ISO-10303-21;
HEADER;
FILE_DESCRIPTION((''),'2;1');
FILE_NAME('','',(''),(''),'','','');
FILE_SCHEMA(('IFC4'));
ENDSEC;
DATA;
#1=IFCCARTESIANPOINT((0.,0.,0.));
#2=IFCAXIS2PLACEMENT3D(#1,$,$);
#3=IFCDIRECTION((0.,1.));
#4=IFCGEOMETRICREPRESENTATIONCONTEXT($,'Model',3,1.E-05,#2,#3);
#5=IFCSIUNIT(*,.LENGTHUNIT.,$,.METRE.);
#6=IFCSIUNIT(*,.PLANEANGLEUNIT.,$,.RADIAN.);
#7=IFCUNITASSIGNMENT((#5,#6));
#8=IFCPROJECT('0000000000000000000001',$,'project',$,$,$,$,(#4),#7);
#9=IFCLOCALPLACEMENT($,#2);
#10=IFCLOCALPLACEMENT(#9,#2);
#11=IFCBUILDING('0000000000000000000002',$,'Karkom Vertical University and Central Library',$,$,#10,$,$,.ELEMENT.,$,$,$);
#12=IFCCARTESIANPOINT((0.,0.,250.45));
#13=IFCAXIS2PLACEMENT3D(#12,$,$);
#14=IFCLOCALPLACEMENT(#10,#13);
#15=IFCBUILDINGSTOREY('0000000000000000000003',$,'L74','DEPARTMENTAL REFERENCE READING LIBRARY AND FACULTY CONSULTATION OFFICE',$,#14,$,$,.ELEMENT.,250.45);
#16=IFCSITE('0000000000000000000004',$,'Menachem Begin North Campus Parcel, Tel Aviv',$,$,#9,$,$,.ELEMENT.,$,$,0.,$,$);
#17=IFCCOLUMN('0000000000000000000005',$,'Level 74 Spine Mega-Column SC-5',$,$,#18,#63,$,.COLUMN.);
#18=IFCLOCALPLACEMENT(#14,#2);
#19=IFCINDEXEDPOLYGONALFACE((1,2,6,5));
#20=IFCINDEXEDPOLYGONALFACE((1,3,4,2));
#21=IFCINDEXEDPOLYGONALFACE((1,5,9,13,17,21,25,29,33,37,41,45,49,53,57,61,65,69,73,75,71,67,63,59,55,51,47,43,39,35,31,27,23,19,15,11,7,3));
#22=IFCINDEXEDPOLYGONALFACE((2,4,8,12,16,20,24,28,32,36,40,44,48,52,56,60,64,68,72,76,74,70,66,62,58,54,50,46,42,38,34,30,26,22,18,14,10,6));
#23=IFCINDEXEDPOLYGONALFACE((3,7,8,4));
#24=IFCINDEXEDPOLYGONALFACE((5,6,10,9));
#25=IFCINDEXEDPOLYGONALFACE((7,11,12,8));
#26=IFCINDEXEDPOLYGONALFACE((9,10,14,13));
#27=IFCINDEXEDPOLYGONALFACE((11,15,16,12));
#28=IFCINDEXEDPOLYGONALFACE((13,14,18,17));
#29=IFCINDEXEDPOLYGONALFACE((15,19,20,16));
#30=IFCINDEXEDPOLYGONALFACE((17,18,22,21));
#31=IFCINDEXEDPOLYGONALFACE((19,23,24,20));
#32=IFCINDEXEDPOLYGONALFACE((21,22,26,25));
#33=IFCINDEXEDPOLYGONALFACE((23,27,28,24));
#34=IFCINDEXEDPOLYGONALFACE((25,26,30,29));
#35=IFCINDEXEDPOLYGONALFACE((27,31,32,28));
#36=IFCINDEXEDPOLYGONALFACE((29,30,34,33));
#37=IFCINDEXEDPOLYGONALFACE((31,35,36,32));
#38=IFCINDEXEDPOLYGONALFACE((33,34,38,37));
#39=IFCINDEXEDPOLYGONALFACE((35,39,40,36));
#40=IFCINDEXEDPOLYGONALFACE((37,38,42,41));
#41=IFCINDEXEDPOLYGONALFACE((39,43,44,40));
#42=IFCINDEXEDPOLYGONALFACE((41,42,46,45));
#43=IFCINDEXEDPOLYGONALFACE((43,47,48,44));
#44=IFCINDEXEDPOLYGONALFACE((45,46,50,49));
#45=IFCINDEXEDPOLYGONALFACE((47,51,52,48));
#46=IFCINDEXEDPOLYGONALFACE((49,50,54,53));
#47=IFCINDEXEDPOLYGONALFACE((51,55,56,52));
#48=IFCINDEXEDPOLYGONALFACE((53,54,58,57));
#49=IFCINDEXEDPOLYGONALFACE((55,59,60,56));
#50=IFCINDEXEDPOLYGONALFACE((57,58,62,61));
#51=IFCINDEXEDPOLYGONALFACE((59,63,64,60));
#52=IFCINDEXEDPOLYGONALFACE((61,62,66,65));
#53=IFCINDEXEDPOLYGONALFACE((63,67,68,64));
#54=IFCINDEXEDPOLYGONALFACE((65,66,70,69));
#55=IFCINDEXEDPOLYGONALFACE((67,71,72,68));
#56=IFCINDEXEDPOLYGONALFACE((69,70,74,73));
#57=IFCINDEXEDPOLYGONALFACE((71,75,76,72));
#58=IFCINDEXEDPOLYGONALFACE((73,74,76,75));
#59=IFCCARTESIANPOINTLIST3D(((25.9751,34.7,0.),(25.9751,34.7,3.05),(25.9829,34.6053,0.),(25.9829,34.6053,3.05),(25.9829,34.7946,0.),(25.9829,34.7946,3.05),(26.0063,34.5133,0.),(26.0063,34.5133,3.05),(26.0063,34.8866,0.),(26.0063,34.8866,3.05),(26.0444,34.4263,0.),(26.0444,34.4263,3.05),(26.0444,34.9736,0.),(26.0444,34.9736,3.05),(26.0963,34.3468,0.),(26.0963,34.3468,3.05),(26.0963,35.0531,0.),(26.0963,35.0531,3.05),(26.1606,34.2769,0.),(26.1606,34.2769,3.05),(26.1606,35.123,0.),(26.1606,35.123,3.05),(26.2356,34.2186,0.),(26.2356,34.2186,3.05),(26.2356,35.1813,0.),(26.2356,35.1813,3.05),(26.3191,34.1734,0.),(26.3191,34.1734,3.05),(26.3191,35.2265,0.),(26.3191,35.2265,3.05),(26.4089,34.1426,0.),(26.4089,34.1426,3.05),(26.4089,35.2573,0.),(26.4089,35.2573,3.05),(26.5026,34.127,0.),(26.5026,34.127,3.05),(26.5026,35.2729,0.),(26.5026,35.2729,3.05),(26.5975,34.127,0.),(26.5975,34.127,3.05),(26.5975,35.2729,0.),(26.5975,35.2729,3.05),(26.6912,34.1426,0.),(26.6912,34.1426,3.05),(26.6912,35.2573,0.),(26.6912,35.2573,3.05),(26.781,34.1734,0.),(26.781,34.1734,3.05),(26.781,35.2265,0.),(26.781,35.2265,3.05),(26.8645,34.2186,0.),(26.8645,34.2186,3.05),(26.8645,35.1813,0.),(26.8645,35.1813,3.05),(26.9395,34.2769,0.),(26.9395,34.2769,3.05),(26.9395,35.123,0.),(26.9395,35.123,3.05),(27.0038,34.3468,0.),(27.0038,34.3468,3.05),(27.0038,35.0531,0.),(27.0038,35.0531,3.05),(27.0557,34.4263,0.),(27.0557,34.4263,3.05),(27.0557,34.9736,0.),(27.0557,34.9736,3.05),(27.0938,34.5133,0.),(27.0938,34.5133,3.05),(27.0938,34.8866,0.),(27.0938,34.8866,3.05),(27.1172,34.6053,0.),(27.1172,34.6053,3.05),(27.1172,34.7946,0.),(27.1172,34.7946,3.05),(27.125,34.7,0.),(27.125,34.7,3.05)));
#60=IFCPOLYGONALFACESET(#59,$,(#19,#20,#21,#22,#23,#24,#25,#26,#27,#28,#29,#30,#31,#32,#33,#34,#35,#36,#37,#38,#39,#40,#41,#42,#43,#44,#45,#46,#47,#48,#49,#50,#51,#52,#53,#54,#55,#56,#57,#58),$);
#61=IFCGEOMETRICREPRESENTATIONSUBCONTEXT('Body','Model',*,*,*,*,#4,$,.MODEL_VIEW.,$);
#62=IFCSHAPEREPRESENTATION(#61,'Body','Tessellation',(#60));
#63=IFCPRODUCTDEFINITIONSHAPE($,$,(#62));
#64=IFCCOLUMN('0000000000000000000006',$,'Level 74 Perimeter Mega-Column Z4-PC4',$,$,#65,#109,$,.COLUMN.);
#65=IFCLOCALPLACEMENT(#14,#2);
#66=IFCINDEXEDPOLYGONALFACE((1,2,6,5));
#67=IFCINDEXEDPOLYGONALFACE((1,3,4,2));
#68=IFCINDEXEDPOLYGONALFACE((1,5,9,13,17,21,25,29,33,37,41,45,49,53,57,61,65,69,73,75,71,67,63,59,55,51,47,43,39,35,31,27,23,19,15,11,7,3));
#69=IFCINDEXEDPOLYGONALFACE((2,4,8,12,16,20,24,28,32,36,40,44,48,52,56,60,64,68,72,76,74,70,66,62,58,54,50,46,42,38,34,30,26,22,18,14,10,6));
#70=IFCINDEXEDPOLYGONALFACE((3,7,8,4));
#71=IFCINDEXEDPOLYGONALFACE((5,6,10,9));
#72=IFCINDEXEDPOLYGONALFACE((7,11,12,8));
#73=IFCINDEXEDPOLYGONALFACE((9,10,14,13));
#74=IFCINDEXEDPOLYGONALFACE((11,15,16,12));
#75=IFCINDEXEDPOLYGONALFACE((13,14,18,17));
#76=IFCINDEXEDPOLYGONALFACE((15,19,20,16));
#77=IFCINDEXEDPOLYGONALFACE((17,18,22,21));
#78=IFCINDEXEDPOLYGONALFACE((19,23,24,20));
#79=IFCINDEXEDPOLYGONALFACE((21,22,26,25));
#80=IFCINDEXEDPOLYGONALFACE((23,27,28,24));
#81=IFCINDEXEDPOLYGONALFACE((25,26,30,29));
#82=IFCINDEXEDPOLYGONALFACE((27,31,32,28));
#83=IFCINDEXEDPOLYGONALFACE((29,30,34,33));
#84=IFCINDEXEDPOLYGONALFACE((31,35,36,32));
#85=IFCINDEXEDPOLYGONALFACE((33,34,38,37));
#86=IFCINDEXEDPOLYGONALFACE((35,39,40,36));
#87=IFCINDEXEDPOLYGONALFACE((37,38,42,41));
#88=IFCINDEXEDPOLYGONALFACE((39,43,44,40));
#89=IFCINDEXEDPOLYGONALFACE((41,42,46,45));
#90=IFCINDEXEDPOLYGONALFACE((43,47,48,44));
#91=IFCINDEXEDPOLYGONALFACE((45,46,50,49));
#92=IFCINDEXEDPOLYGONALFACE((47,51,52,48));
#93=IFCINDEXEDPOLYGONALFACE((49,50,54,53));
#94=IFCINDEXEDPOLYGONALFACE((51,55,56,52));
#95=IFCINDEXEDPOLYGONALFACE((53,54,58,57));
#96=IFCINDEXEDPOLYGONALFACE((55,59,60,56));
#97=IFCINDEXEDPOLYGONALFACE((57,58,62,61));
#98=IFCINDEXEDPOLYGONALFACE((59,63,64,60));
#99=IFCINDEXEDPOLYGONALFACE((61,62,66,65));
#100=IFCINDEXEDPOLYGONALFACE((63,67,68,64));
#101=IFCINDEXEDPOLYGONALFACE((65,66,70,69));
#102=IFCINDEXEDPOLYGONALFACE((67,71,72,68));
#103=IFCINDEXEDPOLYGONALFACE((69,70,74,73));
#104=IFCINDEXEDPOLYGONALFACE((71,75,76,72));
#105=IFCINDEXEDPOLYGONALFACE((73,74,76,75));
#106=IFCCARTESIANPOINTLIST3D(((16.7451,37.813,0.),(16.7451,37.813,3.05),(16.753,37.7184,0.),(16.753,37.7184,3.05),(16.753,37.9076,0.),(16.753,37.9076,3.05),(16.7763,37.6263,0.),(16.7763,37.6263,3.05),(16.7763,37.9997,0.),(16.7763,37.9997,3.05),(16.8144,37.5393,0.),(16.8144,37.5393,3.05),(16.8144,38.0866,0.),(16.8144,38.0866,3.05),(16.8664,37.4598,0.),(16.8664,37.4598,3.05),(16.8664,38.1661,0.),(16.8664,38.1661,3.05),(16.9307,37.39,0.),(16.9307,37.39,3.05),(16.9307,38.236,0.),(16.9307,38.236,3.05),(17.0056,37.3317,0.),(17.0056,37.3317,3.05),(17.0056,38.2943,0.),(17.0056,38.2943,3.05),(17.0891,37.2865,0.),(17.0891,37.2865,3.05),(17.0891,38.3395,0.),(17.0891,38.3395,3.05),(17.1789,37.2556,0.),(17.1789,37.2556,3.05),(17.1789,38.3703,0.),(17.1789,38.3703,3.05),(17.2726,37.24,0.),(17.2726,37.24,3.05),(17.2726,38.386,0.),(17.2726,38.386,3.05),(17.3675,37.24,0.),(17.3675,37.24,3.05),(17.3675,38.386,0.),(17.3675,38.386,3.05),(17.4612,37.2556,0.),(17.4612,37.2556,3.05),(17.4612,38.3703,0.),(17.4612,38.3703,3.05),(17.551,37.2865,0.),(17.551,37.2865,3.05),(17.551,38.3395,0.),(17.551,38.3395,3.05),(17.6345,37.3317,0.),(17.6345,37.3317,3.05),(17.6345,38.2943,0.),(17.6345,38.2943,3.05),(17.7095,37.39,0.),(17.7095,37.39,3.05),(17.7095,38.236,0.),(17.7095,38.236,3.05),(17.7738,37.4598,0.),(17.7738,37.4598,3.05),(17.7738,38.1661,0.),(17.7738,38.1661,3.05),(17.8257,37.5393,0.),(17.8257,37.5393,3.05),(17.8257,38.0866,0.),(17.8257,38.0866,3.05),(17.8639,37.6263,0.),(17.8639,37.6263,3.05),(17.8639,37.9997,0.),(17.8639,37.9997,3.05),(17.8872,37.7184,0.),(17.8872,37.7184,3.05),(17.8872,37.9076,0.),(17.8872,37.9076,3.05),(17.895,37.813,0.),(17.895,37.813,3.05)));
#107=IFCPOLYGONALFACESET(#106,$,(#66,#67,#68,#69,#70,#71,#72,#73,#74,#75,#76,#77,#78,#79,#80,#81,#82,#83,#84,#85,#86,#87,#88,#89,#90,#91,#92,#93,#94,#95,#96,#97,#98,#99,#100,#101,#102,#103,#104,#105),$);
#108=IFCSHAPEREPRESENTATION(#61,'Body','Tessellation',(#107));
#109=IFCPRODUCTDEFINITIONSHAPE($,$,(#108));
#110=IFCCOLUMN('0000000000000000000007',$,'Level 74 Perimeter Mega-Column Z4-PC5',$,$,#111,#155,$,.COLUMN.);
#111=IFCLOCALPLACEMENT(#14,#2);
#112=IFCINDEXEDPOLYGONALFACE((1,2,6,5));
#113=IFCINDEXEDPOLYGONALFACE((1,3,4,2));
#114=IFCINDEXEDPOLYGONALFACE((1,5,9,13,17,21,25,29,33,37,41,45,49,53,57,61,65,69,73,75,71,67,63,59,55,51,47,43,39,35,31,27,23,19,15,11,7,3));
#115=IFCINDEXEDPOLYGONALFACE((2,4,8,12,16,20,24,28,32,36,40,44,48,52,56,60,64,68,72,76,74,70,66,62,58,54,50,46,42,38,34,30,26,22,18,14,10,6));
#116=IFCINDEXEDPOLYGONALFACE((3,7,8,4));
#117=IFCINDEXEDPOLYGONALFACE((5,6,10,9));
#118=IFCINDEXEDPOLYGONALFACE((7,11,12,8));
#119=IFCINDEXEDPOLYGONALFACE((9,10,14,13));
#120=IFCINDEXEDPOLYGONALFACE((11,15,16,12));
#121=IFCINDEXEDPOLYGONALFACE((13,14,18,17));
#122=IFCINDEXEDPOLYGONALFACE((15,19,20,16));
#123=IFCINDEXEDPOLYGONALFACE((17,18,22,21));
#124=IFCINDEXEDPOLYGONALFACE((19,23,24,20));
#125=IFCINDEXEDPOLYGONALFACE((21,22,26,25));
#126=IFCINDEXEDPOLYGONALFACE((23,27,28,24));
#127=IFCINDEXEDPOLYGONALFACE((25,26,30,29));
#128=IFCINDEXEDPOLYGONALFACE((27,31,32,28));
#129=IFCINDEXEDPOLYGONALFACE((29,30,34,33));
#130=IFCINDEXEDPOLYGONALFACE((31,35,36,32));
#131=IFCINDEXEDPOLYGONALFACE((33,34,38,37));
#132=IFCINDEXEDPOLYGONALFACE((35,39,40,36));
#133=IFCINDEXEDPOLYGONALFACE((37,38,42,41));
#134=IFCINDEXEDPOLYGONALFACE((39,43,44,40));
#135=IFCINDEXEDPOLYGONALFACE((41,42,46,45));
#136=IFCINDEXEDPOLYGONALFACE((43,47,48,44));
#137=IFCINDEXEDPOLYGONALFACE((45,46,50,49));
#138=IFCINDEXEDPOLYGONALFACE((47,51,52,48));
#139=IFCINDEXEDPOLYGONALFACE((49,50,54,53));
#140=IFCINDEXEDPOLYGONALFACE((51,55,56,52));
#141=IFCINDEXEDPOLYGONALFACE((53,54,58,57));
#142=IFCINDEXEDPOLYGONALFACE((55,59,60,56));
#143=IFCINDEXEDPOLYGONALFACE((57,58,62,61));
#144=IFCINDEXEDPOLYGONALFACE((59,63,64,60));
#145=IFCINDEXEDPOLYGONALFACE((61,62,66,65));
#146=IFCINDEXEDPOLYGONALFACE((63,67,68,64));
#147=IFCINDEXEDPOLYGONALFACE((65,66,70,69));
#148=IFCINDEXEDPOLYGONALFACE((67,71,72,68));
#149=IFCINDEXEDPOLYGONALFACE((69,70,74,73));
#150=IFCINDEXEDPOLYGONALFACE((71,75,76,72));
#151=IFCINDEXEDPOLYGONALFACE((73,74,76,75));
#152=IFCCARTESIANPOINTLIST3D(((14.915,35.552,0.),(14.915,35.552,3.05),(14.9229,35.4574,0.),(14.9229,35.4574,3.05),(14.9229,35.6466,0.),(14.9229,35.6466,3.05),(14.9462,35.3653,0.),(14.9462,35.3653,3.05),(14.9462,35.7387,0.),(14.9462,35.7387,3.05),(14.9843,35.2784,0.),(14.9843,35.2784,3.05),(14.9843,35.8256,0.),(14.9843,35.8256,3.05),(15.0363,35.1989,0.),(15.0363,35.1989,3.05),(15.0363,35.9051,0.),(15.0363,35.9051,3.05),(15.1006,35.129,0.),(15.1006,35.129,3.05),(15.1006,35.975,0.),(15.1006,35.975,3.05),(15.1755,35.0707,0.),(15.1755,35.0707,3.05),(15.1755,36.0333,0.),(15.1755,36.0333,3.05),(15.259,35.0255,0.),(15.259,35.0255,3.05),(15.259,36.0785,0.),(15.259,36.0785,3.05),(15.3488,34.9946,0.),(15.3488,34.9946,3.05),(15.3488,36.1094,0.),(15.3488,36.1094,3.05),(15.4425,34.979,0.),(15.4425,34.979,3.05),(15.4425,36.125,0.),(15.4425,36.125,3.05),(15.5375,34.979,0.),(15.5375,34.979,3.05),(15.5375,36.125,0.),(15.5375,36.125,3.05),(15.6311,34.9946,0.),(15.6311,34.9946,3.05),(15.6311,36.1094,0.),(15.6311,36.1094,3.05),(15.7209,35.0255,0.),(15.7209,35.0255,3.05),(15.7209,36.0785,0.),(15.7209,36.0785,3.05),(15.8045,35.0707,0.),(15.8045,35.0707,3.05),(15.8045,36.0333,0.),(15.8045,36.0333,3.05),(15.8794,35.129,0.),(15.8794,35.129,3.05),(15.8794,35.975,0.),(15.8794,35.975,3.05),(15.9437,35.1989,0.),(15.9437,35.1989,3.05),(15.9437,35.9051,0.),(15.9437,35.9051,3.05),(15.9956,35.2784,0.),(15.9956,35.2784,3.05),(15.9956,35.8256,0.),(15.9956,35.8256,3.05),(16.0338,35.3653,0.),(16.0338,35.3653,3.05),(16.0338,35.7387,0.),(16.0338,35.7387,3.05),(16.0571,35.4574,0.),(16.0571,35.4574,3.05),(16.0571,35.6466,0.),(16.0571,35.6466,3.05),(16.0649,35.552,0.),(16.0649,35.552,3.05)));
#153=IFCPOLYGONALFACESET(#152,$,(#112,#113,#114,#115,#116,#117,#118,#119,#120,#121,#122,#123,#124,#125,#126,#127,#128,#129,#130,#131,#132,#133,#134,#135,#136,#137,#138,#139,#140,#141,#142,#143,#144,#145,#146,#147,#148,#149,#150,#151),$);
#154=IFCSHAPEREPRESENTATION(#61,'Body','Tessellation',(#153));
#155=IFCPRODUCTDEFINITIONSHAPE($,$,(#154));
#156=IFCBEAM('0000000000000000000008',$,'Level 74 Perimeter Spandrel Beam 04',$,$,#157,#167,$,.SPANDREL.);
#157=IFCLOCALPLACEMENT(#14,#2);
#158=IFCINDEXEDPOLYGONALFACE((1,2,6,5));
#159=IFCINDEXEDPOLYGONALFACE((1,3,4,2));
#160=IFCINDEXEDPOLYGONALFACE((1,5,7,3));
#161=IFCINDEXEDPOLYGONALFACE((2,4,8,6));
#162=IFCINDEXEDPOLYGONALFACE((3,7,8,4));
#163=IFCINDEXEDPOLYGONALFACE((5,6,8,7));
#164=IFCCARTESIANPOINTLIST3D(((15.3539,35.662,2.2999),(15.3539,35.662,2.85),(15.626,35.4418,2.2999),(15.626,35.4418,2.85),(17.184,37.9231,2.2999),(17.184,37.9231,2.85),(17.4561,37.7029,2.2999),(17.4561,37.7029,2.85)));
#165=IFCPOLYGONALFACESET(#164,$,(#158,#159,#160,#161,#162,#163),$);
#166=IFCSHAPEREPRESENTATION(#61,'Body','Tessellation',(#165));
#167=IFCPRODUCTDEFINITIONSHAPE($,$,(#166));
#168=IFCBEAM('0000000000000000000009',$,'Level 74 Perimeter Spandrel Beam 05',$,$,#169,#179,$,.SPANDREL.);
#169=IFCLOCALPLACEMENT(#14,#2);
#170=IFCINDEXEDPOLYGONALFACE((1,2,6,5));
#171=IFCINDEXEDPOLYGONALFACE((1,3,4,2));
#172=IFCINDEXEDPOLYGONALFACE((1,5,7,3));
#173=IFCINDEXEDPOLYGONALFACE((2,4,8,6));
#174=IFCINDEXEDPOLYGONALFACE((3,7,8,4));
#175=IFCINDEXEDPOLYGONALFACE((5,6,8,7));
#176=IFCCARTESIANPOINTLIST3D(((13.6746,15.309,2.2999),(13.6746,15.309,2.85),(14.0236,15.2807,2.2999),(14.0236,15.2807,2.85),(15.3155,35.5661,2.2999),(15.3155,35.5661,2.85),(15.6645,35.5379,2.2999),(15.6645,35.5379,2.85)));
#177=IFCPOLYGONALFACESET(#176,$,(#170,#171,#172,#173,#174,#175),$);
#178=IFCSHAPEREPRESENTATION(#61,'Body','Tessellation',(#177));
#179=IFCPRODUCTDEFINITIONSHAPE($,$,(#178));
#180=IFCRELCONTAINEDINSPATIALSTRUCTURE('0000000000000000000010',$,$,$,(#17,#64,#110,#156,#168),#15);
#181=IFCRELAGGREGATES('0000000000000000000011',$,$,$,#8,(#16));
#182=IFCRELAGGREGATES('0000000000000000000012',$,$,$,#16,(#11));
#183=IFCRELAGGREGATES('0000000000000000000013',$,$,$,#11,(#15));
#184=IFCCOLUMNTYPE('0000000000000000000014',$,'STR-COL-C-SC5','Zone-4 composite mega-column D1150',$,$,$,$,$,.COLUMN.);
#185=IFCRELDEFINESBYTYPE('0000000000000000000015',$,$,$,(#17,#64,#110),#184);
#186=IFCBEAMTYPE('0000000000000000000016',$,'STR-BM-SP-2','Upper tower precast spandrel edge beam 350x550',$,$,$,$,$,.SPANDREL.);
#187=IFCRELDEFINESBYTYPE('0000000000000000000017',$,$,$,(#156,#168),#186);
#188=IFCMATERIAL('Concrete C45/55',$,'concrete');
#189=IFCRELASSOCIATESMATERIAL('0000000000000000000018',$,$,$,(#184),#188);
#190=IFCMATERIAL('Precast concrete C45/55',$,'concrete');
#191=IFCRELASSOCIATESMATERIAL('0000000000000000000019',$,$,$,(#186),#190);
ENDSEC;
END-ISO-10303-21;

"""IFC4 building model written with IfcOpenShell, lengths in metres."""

from ifc_helpers import new_model, si_unit, direction, frame, origin, origin_with_axes, origin_2d, place, context, subcontext, project, spatial, rectangle, circle, extrude, source, transform, mapped, material, material_profile, profile_set, type_object, element, save


model = new_model("IFC4")

# Units and contexts
model_context = context("Model", 3, precision=1e-05, world=origin(), true_north=direction((0.0, 1.0)))
body_context = subcontext(model_context, "Body", "Model", "MODEL_VIEW")
ifc_project = project(units=[si_unit("LENGTHUNIT", "METRE"), si_unit("PLANEANGLEUNIT", "RADIAN")], contexts=[model_context])

# Site, building, storey
site_placement = place(None, origin())
site = spatial("IfcSite", under=ifc_project, at=site_placement, Name="Menachem Begin North Campus Parcel, Tel Aviv", CompositionType="ELEMENT", RefElevation=0.0)
building_placement = place(site_placement, origin())
building = spatial("IfcBuilding", under=site, at=building_placement, Name="Karkom Vertical University and Central Library", CompositionType="ELEMENT")
storey_placement = place(building_placement, frame((0.0, 0.0, 250.45)))
storey = spatial("IfcBuildingStorey", under=building, at=storey_placement, Name="L74", Description="DEPARTMENTAL REFERENCE READING LIBRARY AND FACULTY CONSULTATION OFFICE", CompositionType="ELEMENT", Elevation=250.45)

# Columns
ifc_material_1 = material(Name="Concrete C45/55", Category="concrete")
ifc_material_profile_1 = material_profile(ifc_material_1, circle(Radius=0.575, at=origin_2d()), Name="CFT-D1150")
ifc_profile_set_1 = profile_set([ifc_material_profile_1], Name="Concrete C45/55")
column_type = type_object("IfcColumnType", Name="STR-COL-C-SC5", Description="Zone-4 composite mega-column D1150", PredefinedType="COLUMN", material=ifc_profile_set_1)
shared_shape_1 = source(origin_with_axes(), body_context, "Body", "SweptSolid", [
    extrude(circle(Radius=0.575, at=origin_2d()), origin(), (0.0, 0.0, 1.0), 3.05),
])
for number, where, z_axis, x_axis, name in (
    (1, (26.55, 34.7, 0.0), (0.0, 0.0, 1.0), (1.0, 0.0, 0.0), "Level 74 Spine Mega-Column SC-5"),
    (2, (17.3201, 37.813, 0.0), (0.0, 0.0, 1.0), (1.0, 0.0, 0.0), "Level 74 Perimeter Mega-Column Z4-PC4"),
    (3, (15.49, 35.552, 0.0), (0.0, 0.0, 1.0), (1.0, 0.0, 0.0), "Level 74 Perimeter Mega-Column Z4-PC5"),
):
    element("IfcColumn", number, at=place(storey_placement, frame(where, z_axis=z_axis, x_axis=x_axis)), inside=storey, type_object=column_type, Name=name, PredefinedType="COLUMN", context=body_context, shape_type="MappedRepresentation", body=[
        mapped(shared_shape_1, transform((0.0, 0.0, 0.0), scale=1.0)),
    ])

# Beams
ifc_material_2 = material(Name="Precast concrete C45/55", Category="concrete")
ifc_material_profile_2 = material_profile(ifc_material_2, rectangle(XDim=0.3501, YDim=0.55, at=origin_2d()), Name="SPB-350x550")
ifc_profile_set_2 = profile_set([ifc_material_profile_2], Name="Precast concrete C45/55")
beam_type_1 = type_object("IfcBeamType", Name="STR-BM-SP-2", Description="Upper tower precast spandrel edge beam 350x550", PredefinedType="SPANDREL", material=ifc_profile_set_2)
shared_shape_2 = source(origin_with_axes(), body_context, "Body", "SweptSolid", [
    extrude(rectangle(XDim=0.3501, YDim=0.55, at=origin_2d()), origin(), (0.0, 0.0, 1.0), 2.9089),
])
beam_1_placement = place(storey_placement, frame((17.3201, 37.813, 2.575), z_axis=(-0.629148, -0.777286, 0.0), x_axis=(0.777286, -0.629148, 0.0)))
element("IfcBeam", 4, at=beam_1_placement, inside=storey, type_object=beam_type_1, Name="Level 74 Perimeter Spandrel Beam 04", PredefinedType="SPANDREL", context=body_context, shape_type="MappedRepresentation", body=[
    mapped(shared_shape_2, transform((0.0, 0.0, 0.0), scale=1.0)),
])
shared_shape_3 = source(origin_with_axes(), body_context, "Body", "SweptSolid", [
    extrude(rectangle(XDim=0.3501, YDim=0.55, at=origin_2d()), origin(), (0.0, 0.0, 1.0), 20.3235),
])
beam_2_placement = place(storey_placement, frame((15.49, 35.552, 2.575), z_axis=(-0.080738, -0.996735, 0.0), x_axis=(0.996735, -0.080738, 0.0)))
element("IfcBeam", 5, at=beam_2_placement, inside=storey, type_object=beam_type_1, Name="Level 74 Perimeter Spandrel Beam 05", PredefinedType="SPANDREL", context=body_context, shape_type="MappedRepresentation", body=[
    mapped(shared_shape_3, transform((0.0, 0.0, 0.0), scale=1.0)),
])

save(model, "model.ifc")
